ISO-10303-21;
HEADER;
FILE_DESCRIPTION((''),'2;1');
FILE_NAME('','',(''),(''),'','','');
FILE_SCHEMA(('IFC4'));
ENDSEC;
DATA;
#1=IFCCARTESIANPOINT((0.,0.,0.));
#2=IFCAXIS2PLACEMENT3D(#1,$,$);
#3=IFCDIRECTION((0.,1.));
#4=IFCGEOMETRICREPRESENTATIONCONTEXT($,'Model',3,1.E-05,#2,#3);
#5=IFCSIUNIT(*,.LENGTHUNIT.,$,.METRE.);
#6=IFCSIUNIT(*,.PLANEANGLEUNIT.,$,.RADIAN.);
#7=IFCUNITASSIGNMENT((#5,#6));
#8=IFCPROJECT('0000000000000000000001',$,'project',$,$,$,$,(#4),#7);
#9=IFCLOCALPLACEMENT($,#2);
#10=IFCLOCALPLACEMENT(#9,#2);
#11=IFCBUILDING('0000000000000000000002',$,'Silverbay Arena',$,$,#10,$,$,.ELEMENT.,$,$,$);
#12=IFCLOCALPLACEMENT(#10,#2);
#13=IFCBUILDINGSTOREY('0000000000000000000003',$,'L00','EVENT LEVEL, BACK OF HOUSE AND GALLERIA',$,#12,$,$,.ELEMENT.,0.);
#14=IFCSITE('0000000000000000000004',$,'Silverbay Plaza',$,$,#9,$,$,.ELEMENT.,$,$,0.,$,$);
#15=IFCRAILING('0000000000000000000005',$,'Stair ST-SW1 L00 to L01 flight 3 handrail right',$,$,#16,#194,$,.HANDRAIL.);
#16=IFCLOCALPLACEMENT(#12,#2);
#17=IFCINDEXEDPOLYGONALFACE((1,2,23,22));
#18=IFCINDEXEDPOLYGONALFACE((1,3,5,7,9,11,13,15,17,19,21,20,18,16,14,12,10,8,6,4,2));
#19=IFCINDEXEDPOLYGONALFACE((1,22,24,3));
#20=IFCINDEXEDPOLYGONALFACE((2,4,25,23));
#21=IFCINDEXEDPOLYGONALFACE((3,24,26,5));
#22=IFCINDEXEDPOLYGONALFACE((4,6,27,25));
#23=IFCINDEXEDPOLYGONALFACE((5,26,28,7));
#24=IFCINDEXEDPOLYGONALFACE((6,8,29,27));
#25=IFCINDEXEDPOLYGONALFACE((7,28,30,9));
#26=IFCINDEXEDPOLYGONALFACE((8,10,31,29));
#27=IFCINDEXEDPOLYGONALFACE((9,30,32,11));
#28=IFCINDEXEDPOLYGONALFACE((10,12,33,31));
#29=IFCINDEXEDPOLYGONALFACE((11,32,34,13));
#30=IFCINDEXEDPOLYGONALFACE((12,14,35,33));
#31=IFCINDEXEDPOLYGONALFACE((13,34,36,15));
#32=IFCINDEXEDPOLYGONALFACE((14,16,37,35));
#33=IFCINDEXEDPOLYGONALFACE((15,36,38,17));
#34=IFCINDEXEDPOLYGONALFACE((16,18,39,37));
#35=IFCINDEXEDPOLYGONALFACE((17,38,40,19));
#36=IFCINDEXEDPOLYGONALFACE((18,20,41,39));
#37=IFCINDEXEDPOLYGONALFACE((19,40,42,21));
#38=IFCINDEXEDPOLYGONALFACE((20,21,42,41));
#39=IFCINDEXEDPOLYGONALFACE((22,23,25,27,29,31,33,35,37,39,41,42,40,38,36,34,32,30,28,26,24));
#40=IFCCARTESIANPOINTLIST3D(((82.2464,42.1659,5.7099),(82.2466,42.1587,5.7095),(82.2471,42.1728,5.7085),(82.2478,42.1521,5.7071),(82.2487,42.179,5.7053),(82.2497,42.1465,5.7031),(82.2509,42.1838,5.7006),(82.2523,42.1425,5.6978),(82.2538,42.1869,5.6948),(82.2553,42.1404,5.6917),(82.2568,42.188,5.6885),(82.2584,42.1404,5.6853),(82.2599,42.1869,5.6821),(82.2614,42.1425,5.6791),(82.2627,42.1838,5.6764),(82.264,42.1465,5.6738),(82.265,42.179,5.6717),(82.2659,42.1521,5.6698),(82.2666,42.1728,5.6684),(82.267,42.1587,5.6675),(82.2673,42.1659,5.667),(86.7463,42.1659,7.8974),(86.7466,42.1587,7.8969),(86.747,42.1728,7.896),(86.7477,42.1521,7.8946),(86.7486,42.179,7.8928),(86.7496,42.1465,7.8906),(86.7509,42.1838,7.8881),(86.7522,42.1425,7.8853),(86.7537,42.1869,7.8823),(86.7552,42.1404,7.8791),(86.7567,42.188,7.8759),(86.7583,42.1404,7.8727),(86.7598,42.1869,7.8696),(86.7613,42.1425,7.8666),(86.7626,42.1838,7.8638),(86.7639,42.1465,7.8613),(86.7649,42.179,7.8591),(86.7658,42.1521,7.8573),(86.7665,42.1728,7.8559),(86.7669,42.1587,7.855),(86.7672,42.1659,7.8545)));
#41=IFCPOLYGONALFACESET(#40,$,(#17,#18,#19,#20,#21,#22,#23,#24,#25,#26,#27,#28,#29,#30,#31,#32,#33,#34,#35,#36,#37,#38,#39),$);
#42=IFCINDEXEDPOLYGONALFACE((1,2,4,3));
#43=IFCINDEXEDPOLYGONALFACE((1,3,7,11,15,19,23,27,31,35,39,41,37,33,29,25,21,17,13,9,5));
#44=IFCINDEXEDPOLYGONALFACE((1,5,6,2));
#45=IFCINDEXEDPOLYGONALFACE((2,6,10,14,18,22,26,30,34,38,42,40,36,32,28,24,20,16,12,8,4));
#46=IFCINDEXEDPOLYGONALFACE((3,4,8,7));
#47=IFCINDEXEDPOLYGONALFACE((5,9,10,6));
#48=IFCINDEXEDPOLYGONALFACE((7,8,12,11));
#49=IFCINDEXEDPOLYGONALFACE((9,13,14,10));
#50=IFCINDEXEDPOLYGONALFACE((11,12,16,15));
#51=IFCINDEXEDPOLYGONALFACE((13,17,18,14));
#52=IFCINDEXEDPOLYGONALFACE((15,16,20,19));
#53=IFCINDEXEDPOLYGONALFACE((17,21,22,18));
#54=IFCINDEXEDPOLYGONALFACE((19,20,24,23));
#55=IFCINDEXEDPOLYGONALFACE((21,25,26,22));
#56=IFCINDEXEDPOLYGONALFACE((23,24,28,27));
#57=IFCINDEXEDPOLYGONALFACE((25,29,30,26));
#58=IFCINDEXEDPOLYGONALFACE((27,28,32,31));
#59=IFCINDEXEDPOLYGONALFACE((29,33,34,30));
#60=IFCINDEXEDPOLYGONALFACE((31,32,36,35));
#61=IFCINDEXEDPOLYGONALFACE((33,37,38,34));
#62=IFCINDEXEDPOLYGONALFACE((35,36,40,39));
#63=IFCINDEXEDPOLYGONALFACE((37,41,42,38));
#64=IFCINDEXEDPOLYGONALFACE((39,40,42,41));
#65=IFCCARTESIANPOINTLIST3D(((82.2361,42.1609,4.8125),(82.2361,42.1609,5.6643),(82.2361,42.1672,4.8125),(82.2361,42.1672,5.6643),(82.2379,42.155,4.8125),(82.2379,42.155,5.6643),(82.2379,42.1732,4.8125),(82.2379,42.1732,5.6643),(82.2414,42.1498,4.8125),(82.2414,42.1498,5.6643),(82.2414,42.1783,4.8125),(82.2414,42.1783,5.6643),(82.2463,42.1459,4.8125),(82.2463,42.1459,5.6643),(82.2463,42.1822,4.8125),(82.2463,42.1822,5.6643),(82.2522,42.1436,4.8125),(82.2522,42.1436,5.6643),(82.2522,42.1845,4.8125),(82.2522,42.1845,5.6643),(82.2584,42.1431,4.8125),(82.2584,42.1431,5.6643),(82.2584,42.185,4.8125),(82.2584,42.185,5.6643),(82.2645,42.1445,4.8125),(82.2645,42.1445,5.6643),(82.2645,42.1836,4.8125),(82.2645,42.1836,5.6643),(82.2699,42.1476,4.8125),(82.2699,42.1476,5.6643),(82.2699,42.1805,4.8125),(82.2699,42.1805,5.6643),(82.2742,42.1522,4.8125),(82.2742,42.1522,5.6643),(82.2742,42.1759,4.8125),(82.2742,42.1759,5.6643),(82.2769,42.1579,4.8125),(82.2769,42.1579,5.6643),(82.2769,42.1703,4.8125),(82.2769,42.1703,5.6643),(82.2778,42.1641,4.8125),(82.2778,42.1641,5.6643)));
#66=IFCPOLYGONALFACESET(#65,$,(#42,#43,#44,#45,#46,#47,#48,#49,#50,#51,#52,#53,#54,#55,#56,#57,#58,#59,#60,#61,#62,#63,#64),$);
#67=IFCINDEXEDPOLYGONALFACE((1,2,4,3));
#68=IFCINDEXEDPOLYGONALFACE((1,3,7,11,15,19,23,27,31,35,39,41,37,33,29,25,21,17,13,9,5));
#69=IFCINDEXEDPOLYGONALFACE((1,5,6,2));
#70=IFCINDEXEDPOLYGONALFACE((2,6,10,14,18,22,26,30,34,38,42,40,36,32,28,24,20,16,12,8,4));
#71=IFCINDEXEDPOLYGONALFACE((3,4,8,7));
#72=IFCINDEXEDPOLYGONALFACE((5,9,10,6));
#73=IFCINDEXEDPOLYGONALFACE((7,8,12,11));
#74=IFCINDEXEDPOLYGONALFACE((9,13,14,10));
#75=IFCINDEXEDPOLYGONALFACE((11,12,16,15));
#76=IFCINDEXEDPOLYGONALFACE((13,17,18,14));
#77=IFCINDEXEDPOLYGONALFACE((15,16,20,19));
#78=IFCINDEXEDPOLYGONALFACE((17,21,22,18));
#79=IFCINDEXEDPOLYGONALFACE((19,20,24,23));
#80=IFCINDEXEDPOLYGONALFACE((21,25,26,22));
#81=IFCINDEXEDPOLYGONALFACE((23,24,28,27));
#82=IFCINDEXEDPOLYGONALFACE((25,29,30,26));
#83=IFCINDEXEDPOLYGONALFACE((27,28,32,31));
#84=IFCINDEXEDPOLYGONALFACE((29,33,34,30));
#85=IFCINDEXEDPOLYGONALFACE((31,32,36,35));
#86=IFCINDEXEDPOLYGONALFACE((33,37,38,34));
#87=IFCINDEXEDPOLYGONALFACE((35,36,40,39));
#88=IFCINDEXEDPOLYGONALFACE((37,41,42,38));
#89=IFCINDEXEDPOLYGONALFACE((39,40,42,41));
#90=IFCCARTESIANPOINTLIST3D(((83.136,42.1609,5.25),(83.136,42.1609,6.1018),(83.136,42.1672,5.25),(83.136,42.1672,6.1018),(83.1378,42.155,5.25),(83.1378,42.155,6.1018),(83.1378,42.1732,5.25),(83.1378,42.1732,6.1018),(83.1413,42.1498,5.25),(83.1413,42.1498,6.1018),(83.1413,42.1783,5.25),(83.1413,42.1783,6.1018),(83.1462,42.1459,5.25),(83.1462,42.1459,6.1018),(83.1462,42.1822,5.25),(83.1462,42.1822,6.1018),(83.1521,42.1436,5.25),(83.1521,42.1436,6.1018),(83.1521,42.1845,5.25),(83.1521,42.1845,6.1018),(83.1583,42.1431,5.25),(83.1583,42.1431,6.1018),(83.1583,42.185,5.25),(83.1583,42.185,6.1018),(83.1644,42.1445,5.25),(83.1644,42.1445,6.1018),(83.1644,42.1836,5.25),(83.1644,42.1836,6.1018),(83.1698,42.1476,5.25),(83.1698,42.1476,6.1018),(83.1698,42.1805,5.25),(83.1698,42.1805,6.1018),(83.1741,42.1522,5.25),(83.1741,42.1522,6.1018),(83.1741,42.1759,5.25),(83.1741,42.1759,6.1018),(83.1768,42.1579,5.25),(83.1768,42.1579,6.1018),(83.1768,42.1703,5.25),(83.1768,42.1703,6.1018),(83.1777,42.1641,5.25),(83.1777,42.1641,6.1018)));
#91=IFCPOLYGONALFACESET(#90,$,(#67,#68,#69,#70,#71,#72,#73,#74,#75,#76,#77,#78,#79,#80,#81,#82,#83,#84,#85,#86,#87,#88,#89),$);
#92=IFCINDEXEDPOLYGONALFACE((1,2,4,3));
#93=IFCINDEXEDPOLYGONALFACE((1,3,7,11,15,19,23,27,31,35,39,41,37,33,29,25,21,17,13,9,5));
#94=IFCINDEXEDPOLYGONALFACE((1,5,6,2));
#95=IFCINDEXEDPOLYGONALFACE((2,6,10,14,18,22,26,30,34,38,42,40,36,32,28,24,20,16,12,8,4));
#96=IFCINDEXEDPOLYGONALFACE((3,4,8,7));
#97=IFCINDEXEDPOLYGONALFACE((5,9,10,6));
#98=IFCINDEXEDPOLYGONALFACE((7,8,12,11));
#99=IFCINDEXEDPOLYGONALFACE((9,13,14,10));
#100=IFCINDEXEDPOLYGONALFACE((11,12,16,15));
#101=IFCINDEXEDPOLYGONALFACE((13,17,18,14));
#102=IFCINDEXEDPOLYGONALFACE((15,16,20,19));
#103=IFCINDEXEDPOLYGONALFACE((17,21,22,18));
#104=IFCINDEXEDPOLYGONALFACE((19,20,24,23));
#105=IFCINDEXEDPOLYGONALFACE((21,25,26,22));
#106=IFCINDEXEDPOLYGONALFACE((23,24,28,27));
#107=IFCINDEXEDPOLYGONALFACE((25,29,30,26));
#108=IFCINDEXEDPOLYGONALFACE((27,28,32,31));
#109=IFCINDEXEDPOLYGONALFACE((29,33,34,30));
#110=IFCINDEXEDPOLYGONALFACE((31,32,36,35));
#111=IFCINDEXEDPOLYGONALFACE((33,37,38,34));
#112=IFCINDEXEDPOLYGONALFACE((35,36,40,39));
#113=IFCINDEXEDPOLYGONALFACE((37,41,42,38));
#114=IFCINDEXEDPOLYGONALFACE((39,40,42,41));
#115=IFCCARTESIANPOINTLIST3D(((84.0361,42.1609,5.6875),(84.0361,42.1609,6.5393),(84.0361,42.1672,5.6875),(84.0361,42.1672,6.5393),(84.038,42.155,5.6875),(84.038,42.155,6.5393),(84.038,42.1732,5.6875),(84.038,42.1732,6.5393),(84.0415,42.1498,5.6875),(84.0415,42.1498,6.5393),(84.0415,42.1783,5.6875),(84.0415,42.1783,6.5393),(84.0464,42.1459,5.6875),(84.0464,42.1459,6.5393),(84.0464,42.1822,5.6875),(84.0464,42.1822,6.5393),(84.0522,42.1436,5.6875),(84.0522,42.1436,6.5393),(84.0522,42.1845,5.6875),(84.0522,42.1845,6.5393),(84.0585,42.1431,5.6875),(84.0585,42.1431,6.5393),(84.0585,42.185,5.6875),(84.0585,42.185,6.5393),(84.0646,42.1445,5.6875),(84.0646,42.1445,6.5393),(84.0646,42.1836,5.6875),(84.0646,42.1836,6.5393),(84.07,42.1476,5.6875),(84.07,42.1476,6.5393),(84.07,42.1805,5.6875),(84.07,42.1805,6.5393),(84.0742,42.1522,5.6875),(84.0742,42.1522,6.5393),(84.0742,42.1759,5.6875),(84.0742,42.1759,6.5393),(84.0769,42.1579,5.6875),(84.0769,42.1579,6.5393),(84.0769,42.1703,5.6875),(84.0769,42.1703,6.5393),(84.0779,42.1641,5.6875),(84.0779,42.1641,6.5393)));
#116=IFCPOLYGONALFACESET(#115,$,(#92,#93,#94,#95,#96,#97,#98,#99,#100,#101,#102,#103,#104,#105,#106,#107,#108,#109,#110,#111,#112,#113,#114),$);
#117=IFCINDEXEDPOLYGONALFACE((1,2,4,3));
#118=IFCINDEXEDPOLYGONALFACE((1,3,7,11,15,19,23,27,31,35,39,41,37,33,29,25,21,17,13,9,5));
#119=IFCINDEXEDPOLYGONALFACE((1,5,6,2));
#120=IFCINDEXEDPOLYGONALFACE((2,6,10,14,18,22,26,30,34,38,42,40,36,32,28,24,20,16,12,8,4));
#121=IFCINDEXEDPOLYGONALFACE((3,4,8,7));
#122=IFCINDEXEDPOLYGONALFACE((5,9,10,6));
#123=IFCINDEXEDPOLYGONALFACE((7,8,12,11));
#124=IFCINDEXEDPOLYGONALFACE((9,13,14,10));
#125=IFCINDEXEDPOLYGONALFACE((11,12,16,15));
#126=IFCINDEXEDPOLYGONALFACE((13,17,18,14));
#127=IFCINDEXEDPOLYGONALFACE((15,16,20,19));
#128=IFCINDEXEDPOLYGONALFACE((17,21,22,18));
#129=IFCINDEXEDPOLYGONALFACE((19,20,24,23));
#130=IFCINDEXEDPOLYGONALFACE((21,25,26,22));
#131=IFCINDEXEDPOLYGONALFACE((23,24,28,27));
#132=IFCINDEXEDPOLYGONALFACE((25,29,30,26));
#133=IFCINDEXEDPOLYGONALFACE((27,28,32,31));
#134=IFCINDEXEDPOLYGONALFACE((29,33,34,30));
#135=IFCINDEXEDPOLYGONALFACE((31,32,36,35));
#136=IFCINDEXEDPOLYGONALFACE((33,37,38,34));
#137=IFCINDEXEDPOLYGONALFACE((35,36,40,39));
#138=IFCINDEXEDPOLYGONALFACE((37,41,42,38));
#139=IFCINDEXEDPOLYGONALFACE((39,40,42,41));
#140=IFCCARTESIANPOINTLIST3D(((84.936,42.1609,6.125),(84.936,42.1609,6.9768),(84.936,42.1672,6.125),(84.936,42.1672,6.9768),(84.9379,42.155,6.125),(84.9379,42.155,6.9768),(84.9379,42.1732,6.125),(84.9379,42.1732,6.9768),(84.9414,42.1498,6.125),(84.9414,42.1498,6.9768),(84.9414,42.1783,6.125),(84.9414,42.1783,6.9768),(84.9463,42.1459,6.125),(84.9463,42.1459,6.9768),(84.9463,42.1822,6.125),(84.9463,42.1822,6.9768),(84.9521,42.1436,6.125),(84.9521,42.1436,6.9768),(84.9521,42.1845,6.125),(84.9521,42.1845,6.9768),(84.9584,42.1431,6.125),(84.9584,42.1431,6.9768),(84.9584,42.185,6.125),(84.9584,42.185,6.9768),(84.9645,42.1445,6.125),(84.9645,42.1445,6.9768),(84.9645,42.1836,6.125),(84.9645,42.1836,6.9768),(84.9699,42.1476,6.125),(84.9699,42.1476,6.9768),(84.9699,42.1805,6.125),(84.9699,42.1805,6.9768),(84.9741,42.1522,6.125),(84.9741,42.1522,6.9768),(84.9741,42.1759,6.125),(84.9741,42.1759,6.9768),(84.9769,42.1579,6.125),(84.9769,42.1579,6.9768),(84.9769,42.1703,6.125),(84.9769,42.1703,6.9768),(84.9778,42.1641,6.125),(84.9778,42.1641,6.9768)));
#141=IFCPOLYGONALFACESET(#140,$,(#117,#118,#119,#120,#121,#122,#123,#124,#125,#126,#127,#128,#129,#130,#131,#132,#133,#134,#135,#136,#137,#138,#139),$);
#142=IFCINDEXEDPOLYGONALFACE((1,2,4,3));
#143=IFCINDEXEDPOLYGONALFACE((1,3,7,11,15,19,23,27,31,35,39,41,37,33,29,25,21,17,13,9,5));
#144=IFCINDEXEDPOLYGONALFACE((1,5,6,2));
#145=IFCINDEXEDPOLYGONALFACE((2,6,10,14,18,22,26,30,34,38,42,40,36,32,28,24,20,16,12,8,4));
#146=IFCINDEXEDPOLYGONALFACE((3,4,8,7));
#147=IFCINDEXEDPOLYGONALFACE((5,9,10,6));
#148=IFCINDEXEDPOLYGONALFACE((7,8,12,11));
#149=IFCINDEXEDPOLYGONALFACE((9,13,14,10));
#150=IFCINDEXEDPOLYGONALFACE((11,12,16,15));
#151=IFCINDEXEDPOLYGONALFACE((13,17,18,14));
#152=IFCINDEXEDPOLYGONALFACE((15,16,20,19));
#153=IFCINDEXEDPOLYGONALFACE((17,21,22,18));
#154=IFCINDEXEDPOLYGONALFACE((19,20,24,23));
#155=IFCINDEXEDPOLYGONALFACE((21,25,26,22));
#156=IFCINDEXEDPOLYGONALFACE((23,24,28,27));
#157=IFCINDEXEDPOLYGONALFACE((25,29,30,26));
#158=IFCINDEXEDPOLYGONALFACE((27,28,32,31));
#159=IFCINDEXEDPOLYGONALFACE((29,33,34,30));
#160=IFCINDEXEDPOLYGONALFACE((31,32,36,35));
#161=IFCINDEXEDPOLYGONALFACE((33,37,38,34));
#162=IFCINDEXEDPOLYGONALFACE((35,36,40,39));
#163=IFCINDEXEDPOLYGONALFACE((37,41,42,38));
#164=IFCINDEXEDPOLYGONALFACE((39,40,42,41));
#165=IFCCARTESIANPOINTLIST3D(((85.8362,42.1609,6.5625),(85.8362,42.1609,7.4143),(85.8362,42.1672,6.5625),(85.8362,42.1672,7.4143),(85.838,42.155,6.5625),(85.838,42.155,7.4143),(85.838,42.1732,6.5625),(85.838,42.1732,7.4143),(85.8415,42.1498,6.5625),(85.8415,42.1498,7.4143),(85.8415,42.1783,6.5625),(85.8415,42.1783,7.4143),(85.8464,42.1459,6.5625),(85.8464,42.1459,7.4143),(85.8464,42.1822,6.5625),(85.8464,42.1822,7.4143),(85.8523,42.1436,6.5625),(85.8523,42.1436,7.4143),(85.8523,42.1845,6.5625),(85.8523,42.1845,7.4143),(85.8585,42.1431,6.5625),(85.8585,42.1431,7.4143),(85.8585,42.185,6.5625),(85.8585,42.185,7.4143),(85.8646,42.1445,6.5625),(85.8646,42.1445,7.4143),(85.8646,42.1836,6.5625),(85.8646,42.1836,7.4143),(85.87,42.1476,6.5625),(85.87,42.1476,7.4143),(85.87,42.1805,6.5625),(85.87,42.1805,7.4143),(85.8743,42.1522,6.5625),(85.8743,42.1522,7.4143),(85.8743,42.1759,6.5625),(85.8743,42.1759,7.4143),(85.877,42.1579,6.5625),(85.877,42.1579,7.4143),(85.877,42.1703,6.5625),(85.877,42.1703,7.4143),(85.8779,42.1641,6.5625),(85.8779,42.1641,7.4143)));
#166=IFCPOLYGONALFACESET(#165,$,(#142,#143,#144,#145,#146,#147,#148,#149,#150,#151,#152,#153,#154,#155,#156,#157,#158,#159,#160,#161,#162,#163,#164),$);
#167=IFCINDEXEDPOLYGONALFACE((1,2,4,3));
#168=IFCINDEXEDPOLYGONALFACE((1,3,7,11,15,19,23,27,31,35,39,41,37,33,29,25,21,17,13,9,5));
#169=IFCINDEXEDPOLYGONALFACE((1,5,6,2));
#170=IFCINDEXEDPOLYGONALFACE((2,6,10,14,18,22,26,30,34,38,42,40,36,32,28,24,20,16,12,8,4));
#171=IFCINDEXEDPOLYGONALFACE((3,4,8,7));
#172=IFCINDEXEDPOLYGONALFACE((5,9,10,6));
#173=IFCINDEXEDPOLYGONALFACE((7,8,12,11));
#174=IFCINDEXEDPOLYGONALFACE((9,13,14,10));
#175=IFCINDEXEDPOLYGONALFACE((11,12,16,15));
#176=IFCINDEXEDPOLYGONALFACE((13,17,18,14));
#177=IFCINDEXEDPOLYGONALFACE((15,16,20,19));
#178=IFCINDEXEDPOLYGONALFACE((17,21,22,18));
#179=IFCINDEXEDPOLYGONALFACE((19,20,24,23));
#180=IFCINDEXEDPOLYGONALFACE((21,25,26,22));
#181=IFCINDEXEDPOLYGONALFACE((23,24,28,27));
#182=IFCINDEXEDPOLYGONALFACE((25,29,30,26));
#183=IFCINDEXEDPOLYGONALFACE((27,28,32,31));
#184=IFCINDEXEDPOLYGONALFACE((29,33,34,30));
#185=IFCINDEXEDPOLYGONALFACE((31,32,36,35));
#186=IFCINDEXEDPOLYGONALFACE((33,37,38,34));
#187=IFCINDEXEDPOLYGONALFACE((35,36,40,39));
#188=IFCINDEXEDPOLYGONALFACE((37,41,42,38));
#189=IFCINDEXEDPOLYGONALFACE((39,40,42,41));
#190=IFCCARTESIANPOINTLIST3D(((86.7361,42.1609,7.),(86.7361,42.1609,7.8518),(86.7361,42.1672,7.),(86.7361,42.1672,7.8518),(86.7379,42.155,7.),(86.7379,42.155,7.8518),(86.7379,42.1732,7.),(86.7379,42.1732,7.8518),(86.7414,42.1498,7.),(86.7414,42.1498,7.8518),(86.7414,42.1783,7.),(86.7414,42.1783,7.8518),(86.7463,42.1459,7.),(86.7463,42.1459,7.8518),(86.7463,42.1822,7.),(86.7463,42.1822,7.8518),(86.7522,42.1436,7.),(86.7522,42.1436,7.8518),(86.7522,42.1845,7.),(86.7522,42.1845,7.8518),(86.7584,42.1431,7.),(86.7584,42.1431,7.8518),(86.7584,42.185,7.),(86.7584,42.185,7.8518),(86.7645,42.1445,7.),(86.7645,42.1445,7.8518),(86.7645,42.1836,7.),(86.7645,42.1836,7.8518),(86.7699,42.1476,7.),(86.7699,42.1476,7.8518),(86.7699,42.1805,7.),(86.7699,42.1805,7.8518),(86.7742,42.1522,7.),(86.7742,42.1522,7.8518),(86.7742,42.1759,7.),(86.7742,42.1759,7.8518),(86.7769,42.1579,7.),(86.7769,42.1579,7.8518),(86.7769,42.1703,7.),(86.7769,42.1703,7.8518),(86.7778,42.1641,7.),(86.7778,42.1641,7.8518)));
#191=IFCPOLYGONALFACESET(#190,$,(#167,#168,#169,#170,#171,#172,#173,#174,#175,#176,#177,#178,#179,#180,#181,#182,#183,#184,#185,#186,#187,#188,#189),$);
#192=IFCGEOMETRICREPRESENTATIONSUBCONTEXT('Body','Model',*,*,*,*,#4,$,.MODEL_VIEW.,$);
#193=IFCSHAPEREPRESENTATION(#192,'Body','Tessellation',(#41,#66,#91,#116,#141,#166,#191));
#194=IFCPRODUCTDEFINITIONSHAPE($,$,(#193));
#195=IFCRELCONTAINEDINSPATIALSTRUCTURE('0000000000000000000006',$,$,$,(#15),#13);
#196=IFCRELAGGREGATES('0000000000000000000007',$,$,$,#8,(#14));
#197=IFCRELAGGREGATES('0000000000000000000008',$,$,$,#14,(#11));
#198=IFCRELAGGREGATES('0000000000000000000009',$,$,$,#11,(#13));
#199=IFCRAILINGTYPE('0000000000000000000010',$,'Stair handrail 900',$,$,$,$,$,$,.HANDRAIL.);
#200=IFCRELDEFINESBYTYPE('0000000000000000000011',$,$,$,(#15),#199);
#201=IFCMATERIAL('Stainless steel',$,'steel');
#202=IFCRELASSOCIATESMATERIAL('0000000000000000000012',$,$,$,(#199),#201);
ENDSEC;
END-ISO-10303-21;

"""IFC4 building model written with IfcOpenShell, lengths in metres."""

from ifc_helpers import new_model, si_unit, direction, frame, origin, origin_2d, place, context, subcontext, project, spatial, circle, extrude, material, type_object, element, save


model = new_model("IFC4")

# Units and contexts
model_context = context("Model", 3, precision=1e-05, world=origin(), true_north=direction((0.0, 1.0)))
body_context = subcontext(model_context, "Body", "Model", "MODEL_VIEW")
ifc_project = project(units=[si_unit("LENGTHUNIT", "METRE"), si_unit("PLANEANGLEUNIT", "RADIAN")], contexts=[model_context])

# Site, building, storey
site_placement = place(None, origin())
site = spatial("IfcSite", under=ifc_project, at=site_placement, Name="Silverbay Plaza", CompositionType="ELEMENT", RefElevation=0.0)
building_placement = place(site_placement, origin())
building = spatial("IfcBuilding", under=site, at=building_placement, Name="Silverbay Arena", CompositionType="ELEMENT")
storey_placement = place(building_placement, origin())
storey = spatial("IfcBuildingStorey", under=building, at=storey_placement, Name="L00", Description="EVENT LEVEL, BACK OF HOUSE AND GALLERIA", CompositionType="ELEMENT", Elevation=0.0)

# Railing
ifc_material_1 = material(Name="Stainless steel", Category="steel")
railing_type_1 = type_object("IfcRailingType", Name="Stair handrail 900", PredefinedType="HANDRAIL", material=ifc_material_1)
for number, where, name in (
    (1, (82.2568, 42.1641, 4.8125), "Stair ST-SW1 L00 to L01 flight 3 handrail right"),
):
    element("IfcRailing", number, at=place(storey_placement, frame(where)), inside=storey, type_object=railing_type_1, Name=name, PredefinedType="HANDRAIL", context=body_context, shape_type="SweptSolid", body=[
        extrude(circle(Radius=0.0239, at=origin_2d()), frame((0.0, 0.0, 0.876), z_axis=(0.899368, 0.0, 0.437193), x_axis=(0.0, 1.0, 0.0)), (0.0, 0.0, 1.0), 5.0034),
        extrude(circle(Radius=0.021, at=origin_2d()), origin(), (0.0, 0.0, 1.0), 0.8518),
        extrude(circle(Radius=0.021, at=origin_2d()), frame((0.8999, 0.0, 0.4375)), (0.0, 0.0, 1.0), 0.8518),
        extrude(circle(Radius=0.021, at=origin_2d()), frame((1.8, 0.0, 0.875)), (0.0, 0.0, 1.0), 0.8518),
        extrude(circle(Radius=0.021, at=origin_2d()), frame((2.7, 0.0, 1.3125)), (0.0, 0.0, 1.0), 0.8518),
        extrude(circle(Radius=0.021, at=origin_2d()), frame((3.6001, 0.0, 1.75)), (0.0, 0.0, 1.0), 0.8518),
        extrude(circle(Radius=0.021, at=origin_2d()), frame((4.5, 0.0, 2.1875)), (0.0, 0.0, 1.0), 0.8518),
    ])

save(model, "model.ifc")
